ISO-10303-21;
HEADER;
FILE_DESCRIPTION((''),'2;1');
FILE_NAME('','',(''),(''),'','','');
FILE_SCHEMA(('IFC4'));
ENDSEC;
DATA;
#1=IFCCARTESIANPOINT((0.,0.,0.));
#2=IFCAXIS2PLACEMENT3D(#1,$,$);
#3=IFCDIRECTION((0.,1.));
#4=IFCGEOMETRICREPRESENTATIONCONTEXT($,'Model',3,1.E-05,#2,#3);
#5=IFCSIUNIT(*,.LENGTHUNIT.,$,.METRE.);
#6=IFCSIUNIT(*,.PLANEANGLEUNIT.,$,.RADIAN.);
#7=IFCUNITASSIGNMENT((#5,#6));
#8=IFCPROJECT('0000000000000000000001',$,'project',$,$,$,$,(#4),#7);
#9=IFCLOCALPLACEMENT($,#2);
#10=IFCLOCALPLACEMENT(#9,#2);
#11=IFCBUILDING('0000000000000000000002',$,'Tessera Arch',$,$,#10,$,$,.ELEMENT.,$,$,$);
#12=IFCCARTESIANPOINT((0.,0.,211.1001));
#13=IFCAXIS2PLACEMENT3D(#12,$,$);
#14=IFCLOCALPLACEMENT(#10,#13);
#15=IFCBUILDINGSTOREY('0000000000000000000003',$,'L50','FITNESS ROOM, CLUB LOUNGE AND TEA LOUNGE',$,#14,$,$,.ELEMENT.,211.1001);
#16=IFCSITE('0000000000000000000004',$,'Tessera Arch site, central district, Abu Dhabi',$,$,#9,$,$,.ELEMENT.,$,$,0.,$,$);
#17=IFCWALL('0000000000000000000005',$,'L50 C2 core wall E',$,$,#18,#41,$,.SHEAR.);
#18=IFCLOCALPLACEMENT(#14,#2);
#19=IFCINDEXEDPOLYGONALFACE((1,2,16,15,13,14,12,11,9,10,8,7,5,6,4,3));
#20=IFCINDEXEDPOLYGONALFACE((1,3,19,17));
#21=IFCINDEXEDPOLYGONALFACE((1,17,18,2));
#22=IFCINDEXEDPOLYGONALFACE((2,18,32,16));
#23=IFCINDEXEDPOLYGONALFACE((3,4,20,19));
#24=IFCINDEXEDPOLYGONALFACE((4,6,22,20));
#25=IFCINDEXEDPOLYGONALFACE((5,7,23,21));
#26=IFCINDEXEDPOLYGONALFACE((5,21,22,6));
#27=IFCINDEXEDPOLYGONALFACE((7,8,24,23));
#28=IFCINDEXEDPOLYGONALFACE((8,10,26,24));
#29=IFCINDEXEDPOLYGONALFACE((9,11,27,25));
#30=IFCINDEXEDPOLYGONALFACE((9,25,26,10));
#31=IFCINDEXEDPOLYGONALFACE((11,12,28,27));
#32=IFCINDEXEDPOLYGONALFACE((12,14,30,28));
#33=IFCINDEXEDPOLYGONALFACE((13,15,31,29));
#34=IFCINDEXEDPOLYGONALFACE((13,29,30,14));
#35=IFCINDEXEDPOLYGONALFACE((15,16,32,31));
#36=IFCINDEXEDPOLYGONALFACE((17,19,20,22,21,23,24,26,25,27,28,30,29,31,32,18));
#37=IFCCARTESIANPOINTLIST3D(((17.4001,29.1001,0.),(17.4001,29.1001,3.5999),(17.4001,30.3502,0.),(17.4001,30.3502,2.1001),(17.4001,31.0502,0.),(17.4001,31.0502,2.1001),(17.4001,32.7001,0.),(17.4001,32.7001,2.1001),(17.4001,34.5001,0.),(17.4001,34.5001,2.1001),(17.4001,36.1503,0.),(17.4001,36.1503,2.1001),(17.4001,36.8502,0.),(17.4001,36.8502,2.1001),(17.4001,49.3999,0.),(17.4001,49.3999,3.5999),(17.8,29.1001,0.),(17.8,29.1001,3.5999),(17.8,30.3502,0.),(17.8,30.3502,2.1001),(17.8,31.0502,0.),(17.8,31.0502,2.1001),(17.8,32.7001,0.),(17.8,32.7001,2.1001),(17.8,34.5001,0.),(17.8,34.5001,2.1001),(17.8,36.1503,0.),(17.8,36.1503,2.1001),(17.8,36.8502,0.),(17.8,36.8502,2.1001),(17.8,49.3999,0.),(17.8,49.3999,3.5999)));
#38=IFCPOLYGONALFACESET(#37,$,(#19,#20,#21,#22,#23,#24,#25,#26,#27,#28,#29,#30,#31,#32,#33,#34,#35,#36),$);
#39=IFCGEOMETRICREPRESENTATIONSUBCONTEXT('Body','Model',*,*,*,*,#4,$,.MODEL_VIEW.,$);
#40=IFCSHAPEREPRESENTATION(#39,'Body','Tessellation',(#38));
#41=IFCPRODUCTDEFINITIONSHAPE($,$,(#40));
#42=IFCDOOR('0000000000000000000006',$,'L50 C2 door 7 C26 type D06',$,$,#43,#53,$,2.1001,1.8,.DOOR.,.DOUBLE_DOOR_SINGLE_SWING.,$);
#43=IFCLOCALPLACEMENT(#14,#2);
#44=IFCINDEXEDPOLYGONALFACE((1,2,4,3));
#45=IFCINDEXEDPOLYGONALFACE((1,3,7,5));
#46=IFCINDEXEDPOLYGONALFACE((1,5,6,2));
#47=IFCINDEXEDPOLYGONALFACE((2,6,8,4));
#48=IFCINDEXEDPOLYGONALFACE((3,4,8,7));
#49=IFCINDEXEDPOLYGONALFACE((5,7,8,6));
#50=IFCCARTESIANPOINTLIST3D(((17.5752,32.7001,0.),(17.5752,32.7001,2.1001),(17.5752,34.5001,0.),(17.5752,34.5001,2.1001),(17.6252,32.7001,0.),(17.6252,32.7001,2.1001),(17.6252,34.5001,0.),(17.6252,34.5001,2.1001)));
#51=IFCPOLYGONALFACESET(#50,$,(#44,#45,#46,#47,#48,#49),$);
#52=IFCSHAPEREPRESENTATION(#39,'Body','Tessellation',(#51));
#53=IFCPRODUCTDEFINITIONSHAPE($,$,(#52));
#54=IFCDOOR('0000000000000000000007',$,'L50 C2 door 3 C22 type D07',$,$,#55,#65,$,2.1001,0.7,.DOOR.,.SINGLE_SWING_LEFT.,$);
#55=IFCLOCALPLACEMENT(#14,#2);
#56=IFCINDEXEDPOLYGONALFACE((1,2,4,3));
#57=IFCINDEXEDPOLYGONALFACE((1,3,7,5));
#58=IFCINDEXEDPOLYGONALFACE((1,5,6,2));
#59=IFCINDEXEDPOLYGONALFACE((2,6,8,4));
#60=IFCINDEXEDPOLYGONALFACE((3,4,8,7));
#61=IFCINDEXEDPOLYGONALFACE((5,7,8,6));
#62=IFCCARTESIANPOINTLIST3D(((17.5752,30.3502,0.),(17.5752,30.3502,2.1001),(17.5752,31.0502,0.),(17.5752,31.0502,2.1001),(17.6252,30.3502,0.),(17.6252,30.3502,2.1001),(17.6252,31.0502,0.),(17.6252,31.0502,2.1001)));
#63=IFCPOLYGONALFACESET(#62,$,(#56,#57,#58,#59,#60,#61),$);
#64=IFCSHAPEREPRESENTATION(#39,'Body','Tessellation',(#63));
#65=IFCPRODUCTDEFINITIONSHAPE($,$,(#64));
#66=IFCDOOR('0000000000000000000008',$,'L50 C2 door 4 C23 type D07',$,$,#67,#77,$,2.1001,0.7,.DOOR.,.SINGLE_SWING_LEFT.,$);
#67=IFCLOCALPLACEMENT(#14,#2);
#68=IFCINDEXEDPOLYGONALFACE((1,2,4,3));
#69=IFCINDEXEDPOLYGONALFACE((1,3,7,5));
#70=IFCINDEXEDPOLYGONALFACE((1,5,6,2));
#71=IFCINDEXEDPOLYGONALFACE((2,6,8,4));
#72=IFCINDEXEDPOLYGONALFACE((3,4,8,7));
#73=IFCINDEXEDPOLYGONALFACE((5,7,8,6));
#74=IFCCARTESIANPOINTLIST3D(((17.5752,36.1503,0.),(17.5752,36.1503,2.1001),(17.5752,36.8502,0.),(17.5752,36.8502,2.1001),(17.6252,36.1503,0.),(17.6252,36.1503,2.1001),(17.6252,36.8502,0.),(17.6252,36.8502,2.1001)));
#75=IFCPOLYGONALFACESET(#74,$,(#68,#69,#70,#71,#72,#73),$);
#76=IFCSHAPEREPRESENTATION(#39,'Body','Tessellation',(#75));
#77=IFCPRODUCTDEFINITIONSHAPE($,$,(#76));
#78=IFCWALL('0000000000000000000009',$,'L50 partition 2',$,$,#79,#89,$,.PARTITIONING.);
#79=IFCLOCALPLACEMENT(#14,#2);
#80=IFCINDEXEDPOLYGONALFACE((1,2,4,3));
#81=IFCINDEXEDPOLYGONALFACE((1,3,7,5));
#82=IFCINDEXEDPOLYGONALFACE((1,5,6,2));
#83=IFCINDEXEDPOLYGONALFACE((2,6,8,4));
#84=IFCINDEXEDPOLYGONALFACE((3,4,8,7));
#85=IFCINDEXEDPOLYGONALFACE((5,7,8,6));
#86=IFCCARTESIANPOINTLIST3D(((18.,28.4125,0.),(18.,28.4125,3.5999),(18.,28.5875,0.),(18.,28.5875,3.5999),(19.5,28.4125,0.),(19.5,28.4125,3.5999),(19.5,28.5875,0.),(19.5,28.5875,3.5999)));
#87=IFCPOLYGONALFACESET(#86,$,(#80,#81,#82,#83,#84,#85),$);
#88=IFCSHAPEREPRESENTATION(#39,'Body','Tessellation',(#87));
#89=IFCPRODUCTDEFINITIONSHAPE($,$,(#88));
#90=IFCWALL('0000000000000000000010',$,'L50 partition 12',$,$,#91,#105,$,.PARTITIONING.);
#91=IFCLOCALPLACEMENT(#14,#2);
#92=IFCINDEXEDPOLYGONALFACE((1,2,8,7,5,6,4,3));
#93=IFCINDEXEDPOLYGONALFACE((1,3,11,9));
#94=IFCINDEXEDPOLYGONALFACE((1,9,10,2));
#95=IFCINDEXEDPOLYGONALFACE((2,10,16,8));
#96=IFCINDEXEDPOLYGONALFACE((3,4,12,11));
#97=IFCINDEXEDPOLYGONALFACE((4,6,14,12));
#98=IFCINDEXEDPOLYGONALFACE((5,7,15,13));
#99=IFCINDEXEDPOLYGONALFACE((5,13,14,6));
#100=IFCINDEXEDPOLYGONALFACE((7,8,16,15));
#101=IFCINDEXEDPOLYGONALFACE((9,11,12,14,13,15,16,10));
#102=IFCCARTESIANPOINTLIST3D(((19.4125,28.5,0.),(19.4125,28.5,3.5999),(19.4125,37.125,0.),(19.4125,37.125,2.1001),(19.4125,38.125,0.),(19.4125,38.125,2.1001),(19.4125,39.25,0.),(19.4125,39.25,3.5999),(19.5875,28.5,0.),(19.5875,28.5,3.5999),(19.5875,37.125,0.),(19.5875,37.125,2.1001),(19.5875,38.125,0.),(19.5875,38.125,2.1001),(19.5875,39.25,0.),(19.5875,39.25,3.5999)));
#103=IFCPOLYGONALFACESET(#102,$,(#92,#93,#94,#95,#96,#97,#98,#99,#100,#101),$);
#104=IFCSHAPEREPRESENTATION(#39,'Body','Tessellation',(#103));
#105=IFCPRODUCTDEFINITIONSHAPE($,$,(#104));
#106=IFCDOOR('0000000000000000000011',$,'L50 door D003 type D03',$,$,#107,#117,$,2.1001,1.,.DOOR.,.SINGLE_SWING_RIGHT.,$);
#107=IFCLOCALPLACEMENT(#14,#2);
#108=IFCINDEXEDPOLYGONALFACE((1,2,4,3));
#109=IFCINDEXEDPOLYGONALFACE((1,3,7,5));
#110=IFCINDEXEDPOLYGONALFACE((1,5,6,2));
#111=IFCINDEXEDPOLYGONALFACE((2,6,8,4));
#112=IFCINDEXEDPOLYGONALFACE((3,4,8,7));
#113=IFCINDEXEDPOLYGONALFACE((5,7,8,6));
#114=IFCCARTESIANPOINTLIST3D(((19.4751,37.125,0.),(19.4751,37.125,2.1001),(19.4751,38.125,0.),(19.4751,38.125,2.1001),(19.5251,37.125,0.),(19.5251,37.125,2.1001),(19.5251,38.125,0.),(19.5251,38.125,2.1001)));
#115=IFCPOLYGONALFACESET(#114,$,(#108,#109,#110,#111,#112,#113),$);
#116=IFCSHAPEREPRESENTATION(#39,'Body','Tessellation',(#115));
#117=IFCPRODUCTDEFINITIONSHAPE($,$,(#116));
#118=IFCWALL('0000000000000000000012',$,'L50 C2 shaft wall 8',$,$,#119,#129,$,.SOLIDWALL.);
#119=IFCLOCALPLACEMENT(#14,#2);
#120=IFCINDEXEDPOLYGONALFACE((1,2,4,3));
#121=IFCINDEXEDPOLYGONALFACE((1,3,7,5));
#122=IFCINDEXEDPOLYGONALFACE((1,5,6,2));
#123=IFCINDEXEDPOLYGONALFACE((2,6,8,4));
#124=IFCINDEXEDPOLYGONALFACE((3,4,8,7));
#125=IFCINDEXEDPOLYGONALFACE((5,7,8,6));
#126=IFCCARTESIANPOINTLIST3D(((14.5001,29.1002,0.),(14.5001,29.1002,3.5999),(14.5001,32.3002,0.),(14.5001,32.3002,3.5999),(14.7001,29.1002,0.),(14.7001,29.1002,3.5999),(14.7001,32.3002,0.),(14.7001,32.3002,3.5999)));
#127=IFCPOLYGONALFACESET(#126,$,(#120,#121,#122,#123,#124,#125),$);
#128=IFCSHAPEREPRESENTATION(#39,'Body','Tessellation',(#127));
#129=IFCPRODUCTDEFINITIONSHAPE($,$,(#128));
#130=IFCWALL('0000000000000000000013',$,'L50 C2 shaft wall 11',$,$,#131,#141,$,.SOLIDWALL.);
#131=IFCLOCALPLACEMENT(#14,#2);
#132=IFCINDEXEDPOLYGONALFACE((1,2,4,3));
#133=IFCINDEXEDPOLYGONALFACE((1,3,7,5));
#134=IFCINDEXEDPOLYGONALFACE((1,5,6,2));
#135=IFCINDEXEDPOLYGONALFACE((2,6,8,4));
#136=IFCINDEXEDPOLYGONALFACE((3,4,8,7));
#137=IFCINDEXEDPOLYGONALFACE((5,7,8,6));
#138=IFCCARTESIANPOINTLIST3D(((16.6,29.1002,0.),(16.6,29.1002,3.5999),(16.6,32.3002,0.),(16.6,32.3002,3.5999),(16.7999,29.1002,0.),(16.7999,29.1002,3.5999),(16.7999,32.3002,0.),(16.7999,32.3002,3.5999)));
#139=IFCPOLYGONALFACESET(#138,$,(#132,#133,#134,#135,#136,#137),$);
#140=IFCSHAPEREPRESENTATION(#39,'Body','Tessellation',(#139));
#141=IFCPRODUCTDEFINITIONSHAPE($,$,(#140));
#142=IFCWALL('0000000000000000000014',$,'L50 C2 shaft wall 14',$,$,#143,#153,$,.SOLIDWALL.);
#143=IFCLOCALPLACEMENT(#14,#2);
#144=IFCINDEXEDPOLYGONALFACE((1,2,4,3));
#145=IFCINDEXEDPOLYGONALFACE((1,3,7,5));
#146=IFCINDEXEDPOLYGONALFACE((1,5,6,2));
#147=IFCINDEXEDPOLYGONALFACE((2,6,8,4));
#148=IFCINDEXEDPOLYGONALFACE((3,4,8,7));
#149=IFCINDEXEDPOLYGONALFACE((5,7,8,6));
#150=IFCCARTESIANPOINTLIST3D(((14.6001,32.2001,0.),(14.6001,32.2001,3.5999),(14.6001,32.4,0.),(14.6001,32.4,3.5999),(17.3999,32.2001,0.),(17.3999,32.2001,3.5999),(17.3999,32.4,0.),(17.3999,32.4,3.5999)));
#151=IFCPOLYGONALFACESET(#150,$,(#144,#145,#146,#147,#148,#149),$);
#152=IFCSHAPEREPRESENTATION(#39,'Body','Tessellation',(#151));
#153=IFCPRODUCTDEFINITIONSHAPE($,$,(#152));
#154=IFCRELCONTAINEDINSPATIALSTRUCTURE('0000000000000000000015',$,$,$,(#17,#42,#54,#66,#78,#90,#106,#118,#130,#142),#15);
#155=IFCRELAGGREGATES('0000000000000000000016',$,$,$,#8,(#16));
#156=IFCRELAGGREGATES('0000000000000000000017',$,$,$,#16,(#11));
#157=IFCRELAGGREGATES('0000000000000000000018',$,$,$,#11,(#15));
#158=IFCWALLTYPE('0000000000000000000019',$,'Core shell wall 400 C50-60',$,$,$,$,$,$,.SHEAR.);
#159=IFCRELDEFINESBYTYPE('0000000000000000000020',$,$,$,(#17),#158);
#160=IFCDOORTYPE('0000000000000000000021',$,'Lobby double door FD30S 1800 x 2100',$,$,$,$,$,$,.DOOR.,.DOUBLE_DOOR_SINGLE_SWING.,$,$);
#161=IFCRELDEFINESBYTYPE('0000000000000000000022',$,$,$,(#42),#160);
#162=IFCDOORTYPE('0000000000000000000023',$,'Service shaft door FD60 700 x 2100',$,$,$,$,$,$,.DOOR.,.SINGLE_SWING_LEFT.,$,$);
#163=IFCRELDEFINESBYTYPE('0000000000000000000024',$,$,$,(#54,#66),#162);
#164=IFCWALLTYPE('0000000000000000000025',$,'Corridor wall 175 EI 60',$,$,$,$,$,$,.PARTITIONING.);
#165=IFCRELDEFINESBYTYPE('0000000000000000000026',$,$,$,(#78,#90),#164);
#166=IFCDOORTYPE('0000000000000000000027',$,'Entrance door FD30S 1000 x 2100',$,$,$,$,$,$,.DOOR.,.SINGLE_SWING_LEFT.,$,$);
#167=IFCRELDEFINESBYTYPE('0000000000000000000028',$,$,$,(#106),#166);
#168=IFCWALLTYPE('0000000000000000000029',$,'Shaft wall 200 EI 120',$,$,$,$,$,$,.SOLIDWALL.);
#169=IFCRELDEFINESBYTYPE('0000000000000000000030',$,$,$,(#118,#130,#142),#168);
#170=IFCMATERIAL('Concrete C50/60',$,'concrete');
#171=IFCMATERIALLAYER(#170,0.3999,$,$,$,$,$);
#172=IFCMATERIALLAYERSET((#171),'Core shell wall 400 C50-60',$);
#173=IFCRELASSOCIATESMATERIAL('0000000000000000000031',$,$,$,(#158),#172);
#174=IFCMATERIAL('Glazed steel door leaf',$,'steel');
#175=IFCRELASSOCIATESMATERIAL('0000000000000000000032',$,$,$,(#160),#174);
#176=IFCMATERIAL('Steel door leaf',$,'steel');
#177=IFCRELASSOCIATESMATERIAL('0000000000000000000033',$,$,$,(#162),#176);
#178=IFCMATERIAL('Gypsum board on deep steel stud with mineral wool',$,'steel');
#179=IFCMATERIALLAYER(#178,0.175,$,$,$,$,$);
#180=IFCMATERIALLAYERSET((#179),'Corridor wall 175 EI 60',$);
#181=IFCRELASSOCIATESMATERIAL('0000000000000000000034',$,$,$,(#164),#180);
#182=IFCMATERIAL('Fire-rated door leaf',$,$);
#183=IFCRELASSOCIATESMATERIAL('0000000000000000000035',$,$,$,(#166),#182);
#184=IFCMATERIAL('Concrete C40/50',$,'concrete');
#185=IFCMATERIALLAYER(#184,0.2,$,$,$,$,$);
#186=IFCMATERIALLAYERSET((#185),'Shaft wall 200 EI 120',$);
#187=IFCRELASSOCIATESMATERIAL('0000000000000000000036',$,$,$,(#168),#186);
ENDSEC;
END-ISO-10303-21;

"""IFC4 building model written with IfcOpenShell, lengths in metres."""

from ifc_helpers import new_model, si_unit, direction, frame, frame_2d, origin, place, context, subcontext, project, spatial, rectangle, extrude, material, layer, layer_set, type_object, element, fill, save


model = new_model("IFC4")

# Units and contexts
model_context = context("Model", 3, precision=1e-05, world=origin(), true_north=direction((0.0, 1.0)))
body_context = subcontext(model_context, "Body", "Model", "MODEL_VIEW")
ifc_project = project(units=[si_unit("LENGTHUNIT", "METRE"), si_unit("PLANEANGLEUNIT", "RADIAN")], contexts=[model_context])

# Site, building, storey
site_placement = place(None, origin())
site = spatial("IfcSite", under=ifc_project, at=site_placement, Name="Tessera Arch site, central district, Abu Dhabi", CompositionType="ELEMENT", RefElevation=0.0)
building_placement = place(site_placement, origin())
building = spatial("IfcBuilding", under=site, at=building_placement, Name="Tessera Arch", CompositionType="ELEMENT")
storey_placement = place(building_placement, frame((0.0, 0.0, 211.1001)))
storey = spatial("IfcBuildingStorey", under=building, at=storey_placement, Name="L50", Description="FITNESS ROOM, CLUB LOUNGE AND TEA LOUNGE", CompositionType="ELEMENT", Elevation=211.1001)

# Wall, openings, doors
ifc_material_1 = material(Name="Concrete C50/60", Category="concrete")
ifc_layer_1 = layer(ifc_material_1, 0.3999)
ifc_layer_set_1 = layer_set([ifc_layer_1], Name="Core shell wall 400 C50-60")
wall_type_1 = type_object("IfcWallType", Name="Core shell wall 400 C50-60", PredefinedType="SHEAR", material=ifc_layer_set_1)
wall_1_placement = place(storey_placement, frame((17.6001, 29.1001, 0.0), z_axis=(0.0, 0.0, 1.0), x_axis=(0.0, 1.0, 0.0)))
wall_1 = element("IfcWall", 1, at=wall_1_placement, inside=storey, type_object=wall_type_1, Name="L50 C2 core wall E", PredefinedType="SHEAR", context=body_context, shape_type="SweptSolid", body=[
    extrude(rectangle(XDim=20.2998, YDim=0.3999, at=frame_2d((10.1499, 0.0))), origin(), (0.0, 0.0, 1.0), 3.5999),
])
opening_1_placement = place(wall_1_placement, frame((1.25, 0.0, 0.0)))
opening_1 = element("IfcOpeningElement", 2, at=opening_1_placement, cuts=wall_1, PredefinedType="OPENING", context=body_context, shape_type="SweptSolid", body=[
    extrude(rectangle(XDim=0.7, YDim=2.1001, at=frame_2d((0.3501, 1.05))), frame((0.0, 0.21, 0.0), z_axis=(0.0, -1.0, 0.0), x_axis=(1.0, 0.0, 0.0)), (0.0, 0.0, 1.0), 0.4199),
])
opening_2_placement = place(wall_1_placement, frame((7.05, 0.0, 0.0)))
opening_2 = element("IfcOpeningElement", 3, at=opening_2_placement, cuts=wall_1, PredefinedType="OPENING", context=body_context, shape_type="SweptSolid", body=[
    extrude(rectangle(XDim=0.7, YDim=2.1001, at=frame_2d((0.3501, 1.05))), frame((0.0, 0.21, 0.0), z_axis=(0.0, -1.0, 0.0), x_axis=(1.0, 0.0, 0.0)), (0.0, 0.0, 1.0), 0.4199),
])
opening_3_placement = place(wall_1_placement, frame((3.6001, 0.0, 0.0)))
opening_3 = element("IfcOpeningElement", 4, at=opening_3_placement, cuts=wall_1, PredefinedType="OPENING", context=body_context, shape_type="SweptSolid", body=[
    extrude(rectangle(XDim=1.8, YDim=2.1001, at=frame_2d((0.8999, 1.05))), frame((0.0, 0.21, 0.0), z_axis=(0.0, -1.0, 0.0), x_axis=(1.0, 0.0, 0.0)), (0.0, 0.0, 1.0), 0.4199),
])
ifc_material_2 = material(Name="Glazed steel door leaf", Category="steel")
door_type_1 = type_object("IfcDoorType", Name="Lobby double door FD30S 1800 x 2100", OperationType="DOUBLE_DOOR_SINGLE_SWING", PredefinedType="DOOR", material=ifc_material_2)
door_1_placement = place(opening_3_placement, origin())
door_1 = element("IfcDoor", 5, at=door_1_placement, inside=storey, type_object=door_type_1, Name="L50 C2 door 7 C26 type D06", OperationType="DOUBLE_DOOR_SINGLE_SWING", OverallHeight=2.1001, OverallWidth=1.8, PredefinedType="DOOR", context=body_context, shape_type="SweptSolid", body=[
    extrude(rectangle(XDim=1.8, YDim=2.1001, at=frame_2d((0.8999, 1.05))), frame((0.0, 0.0249, 0.0), z_axis=(0.0, -1.0, 0.0), x_axis=(1.0, 0.0, 0.0)), (0.0, 0.0, 1.0), 0.05),
])
fill(opening_3, door_1)
ifc_material_3 = material(Name="Steel door leaf", Category="steel")
door_type_2 = type_object("IfcDoorType", Name="Service shaft door FD60 700 x 2100", OperationType="SINGLE_SWING_LEFT", PredefinedType="DOOR", material=ifc_material_3)
door_2_placement = place(opening_1_placement, origin())
door_2 = element("IfcDoor", 6, at=door_2_placement, inside=storey, type_object=door_type_2, Name="L50 C2 door 3 C22 type D07", OperationType="SINGLE_SWING_LEFT", OverallHeight=2.1001, OverallWidth=0.7, PredefinedType="DOOR", context=body_context, shape_type="SweptSolid", body=[
    extrude(rectangle(XDim=0.7, YDim=2.1001, at=frame_2d((0.3501, 1.05))), frame((0.0, 0.0249, 0.0), z_axis=(0.0, -1.0, 0.0), x_axis=(1.0, 0.0, 0.0)), (0.0, 0.0, 1.0), 0.05),
])
fill(opening_1, door_2)
door_3_placement = place(opening_2_placement, origin())
door_3 = element("IfcDoor", 7, at=door_3_placement, inside=storey, type_object=door_type_2, Name="L50 C2 door 4 C23 type D07", OperationType="SINGLE_SWING_LEFT", OverallHeight=2.1001, OverallWidth=0.7, PredefinedType="DOOR", context=body_context, shape_type="SweptSolid", body=[
    extrude(rectangle(XDim=0.7, YDim=2.1001, at=frame_2d((0.3501, 1.05))), frame((0.0, 0.0249, 0.0), z_axis=(0.0, -1.0, 0.0), x_axis=(1.0, 0.0, 0.0)), (0.0, 0.0, 1.0), 0.05),
])
fill(opening_2, door_3)

# Wall
ifc_material_4 = material(Name="Gypsum board on deep steel stud with mineral wool", Category="steel")
ifc_layer_2 = layer(ifc_material_4, 0.175)
ifc_layer_set_2 = layer_set([ifc_layer_2], Name="Corridor wall 175 EI 60")
wall_type_2 = type_object("IfcWallType", Name="Corridor wall 175 EI 60", PredefinedType="PARTITIONING", material=ifc_layer_set_2)
wall_2_placement = place(storey_placement, frame((18.0, 28.5, 0.0), z_axis=(0.0, 0.0, 1.0), x_axis=(1.0, 0.0, 0.0)))
element("IfcWall", 8, at=wall_2_placement, inside=storey, type_object=wall_type_2, Name="L50 partition 2", PredefinedType="PARTITIONING", context=body_context, shape_type="SweptSolid", body=[
    extrude(rectangle(XDim=1.5, YDim=0.175, at=frame_2d((0.75, 0.0))), origin(), (0.0, 0.0, 1.0), 3.5999),
])

# Wall, opening, door
wall_3_placement = place(storey_placement, frame((19.5, 28.5, 0.0), z_axis=(0.0, 0.0, 1.0), x_axis=(0.0, 1.0, 0.0)))
wall_3 = element("IfcWall", 9, at=wall_3_placement, inside=storey, type_object=wall_type_2, Name="L50 partition 12", PredefinedType="PARTITIONING", context=body_context, shape_type="SweptSolid", body=[
    extrude(rectangle(XDim=10.75, YDim=0.175, at=frame_2d((5.375, 0.0))), origin(), (0.0, 0.0, 1.0), 3.5999),
])
opening_4_placement = place(wall_3_placement, frame((8.625, 0.0, 0.0)))
opening_4 = element("IfcOpeningElement", 10, at=opening_4_placement, cuts=wall_3, PredefinedType="OPENING", context=body_context, shape_type="SweptSolid", body=[
    extrude(rectangle(XDim=1.0, YDim=2.1001, at=frame_2d((0.5, 1.05))), frame((0.0, 0.0974, 0.0), z_axis=(0.0, -1.0, 0.0), x_axis=(1.0, 0.0, 0.0)), (0.0, 0.0, 1.0), 0.1951),
])
ifc_material_5 = material(Name="Fire-rated door leaf")
door_type_3 = type_object("IfcDoorType", Name="Entrance door FD30S 1000 x 2100", OperationType="SINGLE_SWING_LEFT", PredefinedType="DOOR", material=ifc_material_5)
door_4_placement = place(opening_4_placement, origin())
door_4 = element("IfcDoor", 11, at=door_4_placement, inside=storey, type_object=door_type_3, Name="L50 door D003 type D03", OperationType="SINGLE_SWING_RIGHT", OverallHeight=2.1001, OverallWidth=1.0, PredefinedType="DOOR", context=body_context, shape_type="SweptSolid", body=[
    extrude(rectangle(XDim=1.0, YDim=2.1001, at=frame_2d((0.5, 1.05))), frame((0.0, 0.0249, 0.0), z_axis=(0.0, -1.0, 0.0), x_axis=(1.0, 0.0, 0.0)), (0.0, 0.0, 1.0), 0.05),
])
fill(opening_4, door_4)

# Walls
ifc_material_6 = material(Name="Concrete C40/50", Category="concrete")
ifc_layer_3 = layer(ifc_material_6, 0.2)
ifc_layer_set_3 = layer_set([ifc_layer_3], Name="Shaft wall 200 EI 120")
wall_type_3 = type_object("IfcWallType", Name="Shaft wall 200 EI 120", PredefinedType="SOLIDWALL", material=ifc_layer_set_3)
for number, where, z_axis, x_axis, name in (
    (12, (14.6001, 29.1001, 0.0), (0.0, 0.0, 1.0), (0.0, 1.0, 0.0), "L50 C2 shaft wall 8"),
    (13, (16.7, 29.1001, 0.0), (0.0, 0.0, 1.0), (0.0, 1.0, 0.0), "L50 C2 shaft wall 11"),
):
    element("IfcWall", number, at=place(storey_placement, frame(where, z_axis=z_axis, x_axis=x_axis)), inside=storey, type_object=wall_type_3, Name=name, PredefinedType="SOLIDWALL", context=body_context, shape_type="SweptSolid", body=[
        extrude(rectangle(XDim=3.2, YDim=0.2, at=frame_2d((1.6001, 0.0))), origin(), (0.0, 0.0, 1.0), 3.5999),
    ])
wall_4_placement = place(storey_placement, frame((14.6001, 32.3, 0.0), z_axis=(0.0, 0.0, 1.0), x_axis=(1.0, 0.0, 0.0)))
element("IfcWall", 14, at=wall_4_placement, inside=storey, type_object=wall_type_3, Name="L50 C2 shaft wall 14", PredefinedType="SOLIDWALL", context=body_context, shape_type="SweptSolid", body=[
    extrude(rectangle(XDim=2.7998, YDim=0.2, at=frame_2d((1.3999, 0.0))), origin(), (0.0, 0.0, 1.0), 3.5999),
])

save(model, "model.ifc")
